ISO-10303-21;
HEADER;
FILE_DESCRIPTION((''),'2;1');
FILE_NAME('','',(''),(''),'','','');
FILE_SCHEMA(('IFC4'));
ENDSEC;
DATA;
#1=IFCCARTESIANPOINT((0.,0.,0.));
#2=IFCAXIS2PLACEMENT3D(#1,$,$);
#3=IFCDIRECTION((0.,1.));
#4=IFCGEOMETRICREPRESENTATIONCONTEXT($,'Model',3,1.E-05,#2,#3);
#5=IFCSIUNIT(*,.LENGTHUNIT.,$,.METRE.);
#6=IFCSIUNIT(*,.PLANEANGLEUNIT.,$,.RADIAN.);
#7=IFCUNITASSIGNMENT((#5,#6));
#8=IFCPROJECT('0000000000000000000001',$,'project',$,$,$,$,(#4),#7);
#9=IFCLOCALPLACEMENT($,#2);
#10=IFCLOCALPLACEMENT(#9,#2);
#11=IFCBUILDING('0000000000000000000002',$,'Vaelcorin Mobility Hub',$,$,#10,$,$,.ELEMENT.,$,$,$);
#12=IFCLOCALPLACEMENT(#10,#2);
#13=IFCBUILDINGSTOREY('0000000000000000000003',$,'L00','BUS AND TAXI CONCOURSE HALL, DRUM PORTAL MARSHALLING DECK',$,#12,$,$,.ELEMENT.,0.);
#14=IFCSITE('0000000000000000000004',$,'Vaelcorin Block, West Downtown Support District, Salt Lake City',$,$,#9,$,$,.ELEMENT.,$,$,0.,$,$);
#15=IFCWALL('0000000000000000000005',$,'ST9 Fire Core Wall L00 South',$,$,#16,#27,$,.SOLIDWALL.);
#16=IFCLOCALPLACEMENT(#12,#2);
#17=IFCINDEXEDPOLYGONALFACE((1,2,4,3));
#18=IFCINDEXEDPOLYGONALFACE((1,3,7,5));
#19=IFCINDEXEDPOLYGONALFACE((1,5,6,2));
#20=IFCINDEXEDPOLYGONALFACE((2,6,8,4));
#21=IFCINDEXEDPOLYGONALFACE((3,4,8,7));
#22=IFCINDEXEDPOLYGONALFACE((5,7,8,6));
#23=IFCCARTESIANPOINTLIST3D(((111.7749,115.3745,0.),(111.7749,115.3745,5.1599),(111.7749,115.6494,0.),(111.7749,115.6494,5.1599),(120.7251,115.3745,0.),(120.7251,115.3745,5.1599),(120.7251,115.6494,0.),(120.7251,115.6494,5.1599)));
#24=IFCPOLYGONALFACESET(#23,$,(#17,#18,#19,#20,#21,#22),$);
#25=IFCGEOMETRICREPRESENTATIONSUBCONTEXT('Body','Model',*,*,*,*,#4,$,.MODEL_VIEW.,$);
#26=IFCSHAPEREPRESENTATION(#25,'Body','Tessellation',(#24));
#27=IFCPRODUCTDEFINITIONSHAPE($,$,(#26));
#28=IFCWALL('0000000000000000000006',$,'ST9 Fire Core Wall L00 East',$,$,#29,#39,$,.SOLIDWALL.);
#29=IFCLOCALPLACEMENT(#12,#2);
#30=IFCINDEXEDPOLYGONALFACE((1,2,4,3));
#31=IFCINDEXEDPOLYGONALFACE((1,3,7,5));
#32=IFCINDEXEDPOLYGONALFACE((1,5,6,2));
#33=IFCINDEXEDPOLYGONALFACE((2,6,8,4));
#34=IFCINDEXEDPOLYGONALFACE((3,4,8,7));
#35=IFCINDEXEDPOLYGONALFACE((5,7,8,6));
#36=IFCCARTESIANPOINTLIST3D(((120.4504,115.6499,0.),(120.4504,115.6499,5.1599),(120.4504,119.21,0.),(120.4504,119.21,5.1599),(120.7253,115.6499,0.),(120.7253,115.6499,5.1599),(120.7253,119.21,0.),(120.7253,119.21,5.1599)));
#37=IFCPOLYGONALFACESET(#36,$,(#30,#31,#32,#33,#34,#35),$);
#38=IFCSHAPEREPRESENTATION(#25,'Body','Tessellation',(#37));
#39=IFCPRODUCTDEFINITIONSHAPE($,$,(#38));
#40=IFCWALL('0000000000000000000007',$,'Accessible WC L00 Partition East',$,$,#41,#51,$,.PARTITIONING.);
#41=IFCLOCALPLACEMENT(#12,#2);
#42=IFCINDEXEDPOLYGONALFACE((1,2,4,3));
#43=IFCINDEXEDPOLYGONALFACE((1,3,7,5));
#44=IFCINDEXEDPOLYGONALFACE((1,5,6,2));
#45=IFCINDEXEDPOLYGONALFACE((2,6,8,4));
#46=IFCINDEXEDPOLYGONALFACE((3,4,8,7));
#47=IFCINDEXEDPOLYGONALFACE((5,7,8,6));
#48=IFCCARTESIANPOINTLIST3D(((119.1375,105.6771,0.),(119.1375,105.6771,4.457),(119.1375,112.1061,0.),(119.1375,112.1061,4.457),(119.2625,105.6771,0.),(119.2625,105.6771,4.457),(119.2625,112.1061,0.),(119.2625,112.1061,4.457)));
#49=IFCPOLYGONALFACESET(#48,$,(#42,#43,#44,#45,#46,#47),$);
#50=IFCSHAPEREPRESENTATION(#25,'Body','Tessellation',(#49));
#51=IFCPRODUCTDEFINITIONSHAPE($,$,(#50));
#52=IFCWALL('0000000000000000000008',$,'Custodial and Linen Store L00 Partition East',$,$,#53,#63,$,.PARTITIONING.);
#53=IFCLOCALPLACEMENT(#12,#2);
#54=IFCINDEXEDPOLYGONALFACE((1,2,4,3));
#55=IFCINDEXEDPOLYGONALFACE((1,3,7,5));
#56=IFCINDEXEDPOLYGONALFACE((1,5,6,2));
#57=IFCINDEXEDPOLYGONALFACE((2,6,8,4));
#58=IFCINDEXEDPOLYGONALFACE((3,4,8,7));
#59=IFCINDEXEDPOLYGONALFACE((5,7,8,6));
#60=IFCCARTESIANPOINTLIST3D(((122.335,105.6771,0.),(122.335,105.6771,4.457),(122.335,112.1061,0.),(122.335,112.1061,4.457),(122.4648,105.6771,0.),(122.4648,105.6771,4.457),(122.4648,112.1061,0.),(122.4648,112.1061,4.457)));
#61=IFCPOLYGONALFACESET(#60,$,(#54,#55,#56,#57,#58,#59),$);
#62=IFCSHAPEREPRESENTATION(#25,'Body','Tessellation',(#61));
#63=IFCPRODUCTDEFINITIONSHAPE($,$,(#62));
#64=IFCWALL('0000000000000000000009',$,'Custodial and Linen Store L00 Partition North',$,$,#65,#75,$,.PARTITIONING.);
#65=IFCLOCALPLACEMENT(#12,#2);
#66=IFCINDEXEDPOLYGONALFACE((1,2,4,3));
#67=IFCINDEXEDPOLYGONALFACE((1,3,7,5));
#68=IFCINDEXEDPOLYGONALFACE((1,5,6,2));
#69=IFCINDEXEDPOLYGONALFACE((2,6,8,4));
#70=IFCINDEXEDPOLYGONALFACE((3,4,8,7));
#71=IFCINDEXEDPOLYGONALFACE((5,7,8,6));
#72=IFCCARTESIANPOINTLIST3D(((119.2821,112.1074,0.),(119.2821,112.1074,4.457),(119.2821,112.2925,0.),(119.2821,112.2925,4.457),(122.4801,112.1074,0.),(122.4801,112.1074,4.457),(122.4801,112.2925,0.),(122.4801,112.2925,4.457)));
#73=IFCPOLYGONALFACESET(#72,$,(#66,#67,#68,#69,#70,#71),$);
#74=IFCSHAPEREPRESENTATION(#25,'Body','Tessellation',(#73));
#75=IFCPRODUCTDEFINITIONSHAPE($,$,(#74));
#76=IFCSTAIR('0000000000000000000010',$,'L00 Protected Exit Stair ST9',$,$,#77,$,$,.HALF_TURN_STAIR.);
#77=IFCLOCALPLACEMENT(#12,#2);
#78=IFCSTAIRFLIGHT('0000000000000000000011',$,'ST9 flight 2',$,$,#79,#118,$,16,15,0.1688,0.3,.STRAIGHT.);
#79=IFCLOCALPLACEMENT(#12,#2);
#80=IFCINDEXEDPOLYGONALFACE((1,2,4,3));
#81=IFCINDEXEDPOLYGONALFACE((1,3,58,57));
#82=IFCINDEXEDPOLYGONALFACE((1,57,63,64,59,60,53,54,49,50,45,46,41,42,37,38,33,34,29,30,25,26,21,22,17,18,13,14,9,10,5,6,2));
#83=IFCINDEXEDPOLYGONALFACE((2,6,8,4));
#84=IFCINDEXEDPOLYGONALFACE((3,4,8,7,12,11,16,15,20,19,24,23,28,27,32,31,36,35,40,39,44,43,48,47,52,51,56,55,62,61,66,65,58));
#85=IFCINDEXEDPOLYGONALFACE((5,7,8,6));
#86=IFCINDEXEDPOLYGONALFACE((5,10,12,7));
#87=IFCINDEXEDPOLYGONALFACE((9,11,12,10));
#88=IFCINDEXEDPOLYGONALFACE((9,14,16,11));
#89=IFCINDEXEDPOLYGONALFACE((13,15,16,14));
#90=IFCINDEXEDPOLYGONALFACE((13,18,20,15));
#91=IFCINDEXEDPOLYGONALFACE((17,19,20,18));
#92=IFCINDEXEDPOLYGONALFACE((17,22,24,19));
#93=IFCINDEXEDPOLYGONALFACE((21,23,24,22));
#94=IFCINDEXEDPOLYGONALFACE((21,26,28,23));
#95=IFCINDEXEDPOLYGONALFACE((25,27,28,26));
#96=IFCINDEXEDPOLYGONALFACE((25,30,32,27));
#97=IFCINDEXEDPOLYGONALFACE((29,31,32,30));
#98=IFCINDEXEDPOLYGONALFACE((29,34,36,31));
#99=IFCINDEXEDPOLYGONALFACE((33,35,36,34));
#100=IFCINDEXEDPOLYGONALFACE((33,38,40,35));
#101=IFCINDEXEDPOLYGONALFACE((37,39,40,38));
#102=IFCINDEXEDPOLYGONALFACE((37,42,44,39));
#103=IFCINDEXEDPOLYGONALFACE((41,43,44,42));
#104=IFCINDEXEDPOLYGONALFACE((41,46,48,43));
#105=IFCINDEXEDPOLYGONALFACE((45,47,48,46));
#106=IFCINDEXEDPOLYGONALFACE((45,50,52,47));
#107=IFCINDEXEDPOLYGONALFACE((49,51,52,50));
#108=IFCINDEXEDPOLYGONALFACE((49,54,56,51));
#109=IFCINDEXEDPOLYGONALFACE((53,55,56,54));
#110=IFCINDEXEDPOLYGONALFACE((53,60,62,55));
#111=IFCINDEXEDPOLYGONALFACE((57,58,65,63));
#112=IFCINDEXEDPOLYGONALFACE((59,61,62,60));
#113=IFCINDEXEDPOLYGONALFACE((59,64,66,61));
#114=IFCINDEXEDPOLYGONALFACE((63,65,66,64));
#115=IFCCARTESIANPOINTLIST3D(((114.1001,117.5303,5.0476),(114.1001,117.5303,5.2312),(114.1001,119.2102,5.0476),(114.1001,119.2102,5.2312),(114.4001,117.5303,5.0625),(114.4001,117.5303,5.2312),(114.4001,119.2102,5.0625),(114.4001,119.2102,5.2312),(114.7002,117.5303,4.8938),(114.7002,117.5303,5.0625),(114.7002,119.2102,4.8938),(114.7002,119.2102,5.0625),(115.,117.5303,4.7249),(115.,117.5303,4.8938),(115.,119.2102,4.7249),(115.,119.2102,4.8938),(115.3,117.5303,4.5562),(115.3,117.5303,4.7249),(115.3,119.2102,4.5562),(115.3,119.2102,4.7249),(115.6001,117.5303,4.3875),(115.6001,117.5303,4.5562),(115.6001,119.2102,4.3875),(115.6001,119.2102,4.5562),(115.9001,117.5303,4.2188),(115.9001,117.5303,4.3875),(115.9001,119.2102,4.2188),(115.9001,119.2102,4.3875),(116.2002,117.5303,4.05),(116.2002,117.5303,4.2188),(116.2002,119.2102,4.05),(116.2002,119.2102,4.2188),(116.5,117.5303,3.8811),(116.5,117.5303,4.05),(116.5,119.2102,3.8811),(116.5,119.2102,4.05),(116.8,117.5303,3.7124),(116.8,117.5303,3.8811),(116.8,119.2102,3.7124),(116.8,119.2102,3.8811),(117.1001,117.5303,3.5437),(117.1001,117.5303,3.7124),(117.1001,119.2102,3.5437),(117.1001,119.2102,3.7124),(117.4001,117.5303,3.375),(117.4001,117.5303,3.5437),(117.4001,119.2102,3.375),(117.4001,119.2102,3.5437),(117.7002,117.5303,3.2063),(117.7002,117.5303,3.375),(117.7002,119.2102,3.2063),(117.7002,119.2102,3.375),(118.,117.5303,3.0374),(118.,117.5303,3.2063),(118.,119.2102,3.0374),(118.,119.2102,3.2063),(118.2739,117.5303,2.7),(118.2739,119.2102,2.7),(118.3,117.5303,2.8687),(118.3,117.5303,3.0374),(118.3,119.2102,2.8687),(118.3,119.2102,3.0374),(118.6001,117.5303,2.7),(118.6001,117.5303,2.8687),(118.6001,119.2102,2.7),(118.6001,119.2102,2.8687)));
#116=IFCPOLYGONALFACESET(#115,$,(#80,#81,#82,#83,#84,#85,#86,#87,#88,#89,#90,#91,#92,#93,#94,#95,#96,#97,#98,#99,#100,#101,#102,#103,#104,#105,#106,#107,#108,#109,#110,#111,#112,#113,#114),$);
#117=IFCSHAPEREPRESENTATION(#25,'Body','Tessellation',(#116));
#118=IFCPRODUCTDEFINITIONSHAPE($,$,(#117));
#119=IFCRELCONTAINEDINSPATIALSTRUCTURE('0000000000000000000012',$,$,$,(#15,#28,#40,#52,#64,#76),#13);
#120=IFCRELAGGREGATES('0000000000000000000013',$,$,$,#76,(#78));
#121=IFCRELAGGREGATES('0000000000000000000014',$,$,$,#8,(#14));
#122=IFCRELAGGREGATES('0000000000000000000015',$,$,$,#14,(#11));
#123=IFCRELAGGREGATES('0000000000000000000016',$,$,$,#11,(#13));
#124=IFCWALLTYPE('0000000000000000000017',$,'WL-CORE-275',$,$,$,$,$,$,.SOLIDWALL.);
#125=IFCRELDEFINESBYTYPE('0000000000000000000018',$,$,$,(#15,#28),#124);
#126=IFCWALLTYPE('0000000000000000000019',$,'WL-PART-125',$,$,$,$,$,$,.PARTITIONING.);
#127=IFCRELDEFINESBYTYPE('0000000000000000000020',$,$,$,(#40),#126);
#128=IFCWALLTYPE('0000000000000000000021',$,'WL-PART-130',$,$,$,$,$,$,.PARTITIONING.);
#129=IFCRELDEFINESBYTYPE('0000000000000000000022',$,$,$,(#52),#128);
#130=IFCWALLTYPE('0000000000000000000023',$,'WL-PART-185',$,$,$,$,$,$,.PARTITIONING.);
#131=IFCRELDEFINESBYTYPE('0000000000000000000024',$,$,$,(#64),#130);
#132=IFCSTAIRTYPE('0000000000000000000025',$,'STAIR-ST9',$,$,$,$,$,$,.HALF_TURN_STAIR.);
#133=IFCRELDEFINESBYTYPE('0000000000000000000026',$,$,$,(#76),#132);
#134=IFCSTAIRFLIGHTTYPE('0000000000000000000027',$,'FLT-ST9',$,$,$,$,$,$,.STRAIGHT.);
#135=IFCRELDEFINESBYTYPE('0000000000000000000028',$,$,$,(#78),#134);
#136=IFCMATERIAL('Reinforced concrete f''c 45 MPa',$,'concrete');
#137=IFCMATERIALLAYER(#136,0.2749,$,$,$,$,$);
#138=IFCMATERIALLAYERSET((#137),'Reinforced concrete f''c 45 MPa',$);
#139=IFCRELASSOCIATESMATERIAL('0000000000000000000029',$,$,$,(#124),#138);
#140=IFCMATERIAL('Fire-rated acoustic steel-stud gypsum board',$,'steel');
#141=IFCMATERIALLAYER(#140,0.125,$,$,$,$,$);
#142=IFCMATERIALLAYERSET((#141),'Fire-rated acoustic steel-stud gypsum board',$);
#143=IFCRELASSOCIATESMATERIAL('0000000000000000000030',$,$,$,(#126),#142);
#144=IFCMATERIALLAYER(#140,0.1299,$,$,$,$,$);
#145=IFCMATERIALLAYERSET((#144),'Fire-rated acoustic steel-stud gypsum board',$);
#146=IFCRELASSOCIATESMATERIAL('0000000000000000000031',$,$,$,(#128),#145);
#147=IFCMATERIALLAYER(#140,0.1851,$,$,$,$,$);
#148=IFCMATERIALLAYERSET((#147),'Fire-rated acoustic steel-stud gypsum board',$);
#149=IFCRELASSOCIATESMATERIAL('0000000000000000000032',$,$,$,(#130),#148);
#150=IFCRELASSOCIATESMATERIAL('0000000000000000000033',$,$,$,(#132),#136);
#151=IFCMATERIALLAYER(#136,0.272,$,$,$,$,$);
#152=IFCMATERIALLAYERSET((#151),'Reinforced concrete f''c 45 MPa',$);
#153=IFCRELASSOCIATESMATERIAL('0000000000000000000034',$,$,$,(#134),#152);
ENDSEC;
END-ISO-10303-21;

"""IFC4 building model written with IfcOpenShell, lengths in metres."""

from ifc_helpers import new_model, si_unit, direction, frame, frame_2d, origin, place, context, subcontext, project, spatial, polyline, rectangle, outline, extrude, material, layer, layer_set, type_object, element, aggregate, save


model = new_model("IFC4")

# Units and contexts
model_context = context("Model", 3, precision=1e-05, world=origin(), true_north=direction((0.0, 1.0)))
body_context = subcontext(model_context, "Body", "Model", "MODEL_VIEW")
ifc_project = project(units=[si_unit("LENGTHUNIT", "METRE"), si_unit("PLANEANGLEUNIT", "RADIAN")], contexts=[model_context])

# Site, building, storey
site_placement = place(None, origin())
site = spatial("IfcSite", under=ifc_project, at=site_placement, Name="Vaelcorin Block, West Downtown Support District, Salt Lake City", CompositionType="ELEMENT", RefElevation=0.0)
building_placement = place(site_placement, origin())
building = spatial("IfcBuilding", under=site, at=building_placement, Name="Vaelcorin Mobility Hub", CompositionType="ELEMENT")
storey_placement = place(building_placement, origin())
storey = spatial("IfcBuildingStorey", under=building, at=storey_placement, Name="L00", Description="BUS AND TAXI CONCOURSE HALL, DRUM PORTAL MARSHALLING DECK", CompositionType="ELEMENT", Elevation=0.0)

# Walls
ifc_material_1 = material(Name="Reinforced concrete f'c 45 MPa", Category="concrete")
ifc_layer_1 = layer(ifc_material_1, 0.2749)
ifc_layer_set_1 = layer_set([ifc_layer_1], Name="Reinforced concrete f'c 45 MPa")
wall_type_1 = type_object("IfcWallType", Name="WL-CORE-275", PredefinedType="SOLIDWALL", material=ifc_layer_set_1)
wall_1_placement = place(storey_placement, frame((120.7251, 115.512, 0.0), z_axis=(0.0, 0.0, 1.0), x_axis=(-1.0, 0.0, 0.0)))
element("IfcWall", 1, at=wall_1_placement, inside=storey, type_object=wall_type_1, Name="ST9 Fire Core Wall L00 South", PredefinedType="SOLIDWALL", context=body_context, shape_type="SweptSolid", body=[
    extrude(rectangle(XDim=8.9502, YDim=0.2749, at=frame_2d((4.4751, 0.0))), origin(), (0.0, 0.0, 1.0), 5.1599),
])
wall_2_placement = place(storey_placement, frame((120.5879, 119.21, 0.0), z_axis=(0.0, 0.0, 1.0), x_axis=(0.0, -1.0, 0.0)))
element("IfcWall", 2, at=wall_2_placement, inside=storey, type_object=wall_type_1, Name="ST9 Fire Core Wall L00 East", PredefinedType="SOLIDWALL", context=body_context, shape_type="SweptSolid", body=[
    extrude(rectangle(XDim=3.5601, YDim=0.2749, at=frame_2d((1.78, 0.0))), origin(), (0.0, 0.0, 1.0), 5.1599),
])
ifc_material_2 = material(Name="Fire-rated acoustic steel-stud gypsum board", Category="steel")
ifc_layer_2 = layer(ifc_material_2, 0.125)
ifc_layer_set_2 = layer_set([ifc_layer_2], Name="Fire-rated acoustic steel-stud gypsum board")
wall_type_2 = type_object("IfcWallType", Name="WL-PART-125", PredefinedType="PARTITIONING", material=ifc_layer_set_2)
wall_3_placement = place(storey_placement, frame((119.2, 112.106, 0.0), z_axis=(0.0, 0.0, 1.0), x_axis=(0.0, -1.0, 0.0)))
element("IfcWall", 3, at=wall_3_placement, inside=storey, type_object=wall_type_2, Name="Accessible WC L00 Partition East", PredefinedType="PARTITIONING", context=body_context, shape_type="SweptSolid", body=[
    extrude(rectangle(XDim=6.429, YDim=0.125, at=frame_2d((3.2144, 0.0))), origin(), (0.0, 0.0, 1.0), 4.457),
])
ifc_layer_3 = layer(ifc_material_2, 0.1299)
ifc_layer_set_3 = layer_set([ifc_layer_3], Name="Fire-rated acoustic steel-stud gypsum board")
wall_type_3 = type_object("IfcWallType", Name="WL-PART-130", PredefinedType="PARTITIONING", material=ifc_layer_set_3)
wall_4_placement = place(storey_placement, frame((122.3999, 112.106, 0.0), z_axis=(0.0, 0.0, 1.0), x_axis=(0.0, -1.0, 0.0)))
element("IfcWall", 4, at=wall_4_placement, inside=storey, type_object=wall_type_3, Name="Custodial and Linen Store L00 Partition East", PredefinedType="PARTITIONING", context=body_context, shape_type="SweptSolid", body=[
    extrude(rectangle(XDim=6.429, YDim=0.1299, at=frame_2d((3.2144, 0.0))), origin(), (0.0, 0.0, 1.0), 4.457),
])
ifc_layer_4 = layer(ifc_material_2, 0.1851)
ifc_layer_set_4 = layer_set([ifc_layer_4], Name="Fire-rated acoustic steel-stud gypsum board")
wall_type_4 = type_object("IfcWallType", Name="WL-PART-185", PredefinedType="PARTITIONING", material=ifc_layer_set_4)
wall_5_placement = place(storey_placement, frame((119.282, 112.2, 0.0), z_axis=(0.0, 0.0, 1.0), x_axis=(1.0, 0.0, 0.0)))
element("IfcWall", 5, at=wall_5_placement, inside=storey, type_object=wall_type_4, Name="Custodial and Linen Store L00 Partition North", PredefinedType="PARTITIONING", context=body_context, shape_type="SweptSolid", body=[
    extrude(rectangle(XDim=3.198, YDim=0.1851, at=frame_2d((1.5991, 0.0))), origin(), (0.0, 0.0, 1.0), 4.457),
])

# Stair, stair flight
stair_type = type_object("IfcStairType", Name="STAIR-ST9", PredefinedType="HALF_TURN_STAIR", material=ifc_material_1)
stair_placement = place(storey_placement, origin())
stair = element("IfcStair", 6, at=stair_placement, inside=storey, type_object=stair_type, Name="L00 Protected Exit Stair ST9", PredefinedType="HALF_TURN_STAIR")
ifc_layer_5 = layer(ifc_material_1, 0.272)
ifc_layer_set_5 = layer_set([ifc_layer_5], Name="Reinforced concrete f'c 45 MPa")
stair_flight_type = type_object("IfcStairFlightType", Name="FLT-ST9", PredefinedType="STRAIGHT", material=ifc_layer_set_5)
stair_flight_placement = place(storey_placement, frame((118.6001, 118.3701, 2.7), z_axis=(0.0, 0.0, 1.0), x_axis=(-1.0, 0.0, 0.0)))
stair_flight = element("IfcStairFlight", 7, at=stair_flight_placement, type_object=stair_flight_type, Name="ST9 flight 2", NumberOfRisers=16, NumberOfTreads=15, PredefinedType="STRAIGHT", RiserHeight=0.1688, TreadLength=0.3, context=body_context, shape_type="SweptSolid", body=[
    extrude(outline(polyline([(0.0, 0.0), (0.0, 0.1687), (0.3, 0.1687), (0.3, 0.3374), (0.6001, 0.3374), (0.6001, 0.5063), (0.8999, 0.5063), (0.8999, 0.675), (1.2, 0.675), (1.2, 0.8438), (1.5, 0.8438), (1.5, 1.0125), (1.8, 1.0125), (1.8, 1.1812), (2.1001, 1.1812), (2.1001, 1.3501), (2.3999, 1.3501), (2.3999, 1.5188), (2.7, 1.5188), (2.7, 1.6875), (3.0, 1.6875), (3.0, 1.8562), (3.3, 1.8562), (3.3, 2.0249), (3.6001, 2.0249), (3.6001, 2.1938), (3.8999, 2.1938), (3.8999, 2.3625), (4.2, 2.3625), (4.2, 2.5312), (4.5, 2.5312), (4.5, 2.7), (4.5, 2.3477), (0.3262, 0.0), (0.0, 0.0)])), frame((0.0, 0.8398, 0.0), z_axis=(0.0, -1.0, 0.0), x_axis=(1.0, 0.0, 0.0)), (0.0, 0.0, 1.0), 1.6799),
])
aggregate(stair, [stair_flight])

save(model, "model.ifc")
